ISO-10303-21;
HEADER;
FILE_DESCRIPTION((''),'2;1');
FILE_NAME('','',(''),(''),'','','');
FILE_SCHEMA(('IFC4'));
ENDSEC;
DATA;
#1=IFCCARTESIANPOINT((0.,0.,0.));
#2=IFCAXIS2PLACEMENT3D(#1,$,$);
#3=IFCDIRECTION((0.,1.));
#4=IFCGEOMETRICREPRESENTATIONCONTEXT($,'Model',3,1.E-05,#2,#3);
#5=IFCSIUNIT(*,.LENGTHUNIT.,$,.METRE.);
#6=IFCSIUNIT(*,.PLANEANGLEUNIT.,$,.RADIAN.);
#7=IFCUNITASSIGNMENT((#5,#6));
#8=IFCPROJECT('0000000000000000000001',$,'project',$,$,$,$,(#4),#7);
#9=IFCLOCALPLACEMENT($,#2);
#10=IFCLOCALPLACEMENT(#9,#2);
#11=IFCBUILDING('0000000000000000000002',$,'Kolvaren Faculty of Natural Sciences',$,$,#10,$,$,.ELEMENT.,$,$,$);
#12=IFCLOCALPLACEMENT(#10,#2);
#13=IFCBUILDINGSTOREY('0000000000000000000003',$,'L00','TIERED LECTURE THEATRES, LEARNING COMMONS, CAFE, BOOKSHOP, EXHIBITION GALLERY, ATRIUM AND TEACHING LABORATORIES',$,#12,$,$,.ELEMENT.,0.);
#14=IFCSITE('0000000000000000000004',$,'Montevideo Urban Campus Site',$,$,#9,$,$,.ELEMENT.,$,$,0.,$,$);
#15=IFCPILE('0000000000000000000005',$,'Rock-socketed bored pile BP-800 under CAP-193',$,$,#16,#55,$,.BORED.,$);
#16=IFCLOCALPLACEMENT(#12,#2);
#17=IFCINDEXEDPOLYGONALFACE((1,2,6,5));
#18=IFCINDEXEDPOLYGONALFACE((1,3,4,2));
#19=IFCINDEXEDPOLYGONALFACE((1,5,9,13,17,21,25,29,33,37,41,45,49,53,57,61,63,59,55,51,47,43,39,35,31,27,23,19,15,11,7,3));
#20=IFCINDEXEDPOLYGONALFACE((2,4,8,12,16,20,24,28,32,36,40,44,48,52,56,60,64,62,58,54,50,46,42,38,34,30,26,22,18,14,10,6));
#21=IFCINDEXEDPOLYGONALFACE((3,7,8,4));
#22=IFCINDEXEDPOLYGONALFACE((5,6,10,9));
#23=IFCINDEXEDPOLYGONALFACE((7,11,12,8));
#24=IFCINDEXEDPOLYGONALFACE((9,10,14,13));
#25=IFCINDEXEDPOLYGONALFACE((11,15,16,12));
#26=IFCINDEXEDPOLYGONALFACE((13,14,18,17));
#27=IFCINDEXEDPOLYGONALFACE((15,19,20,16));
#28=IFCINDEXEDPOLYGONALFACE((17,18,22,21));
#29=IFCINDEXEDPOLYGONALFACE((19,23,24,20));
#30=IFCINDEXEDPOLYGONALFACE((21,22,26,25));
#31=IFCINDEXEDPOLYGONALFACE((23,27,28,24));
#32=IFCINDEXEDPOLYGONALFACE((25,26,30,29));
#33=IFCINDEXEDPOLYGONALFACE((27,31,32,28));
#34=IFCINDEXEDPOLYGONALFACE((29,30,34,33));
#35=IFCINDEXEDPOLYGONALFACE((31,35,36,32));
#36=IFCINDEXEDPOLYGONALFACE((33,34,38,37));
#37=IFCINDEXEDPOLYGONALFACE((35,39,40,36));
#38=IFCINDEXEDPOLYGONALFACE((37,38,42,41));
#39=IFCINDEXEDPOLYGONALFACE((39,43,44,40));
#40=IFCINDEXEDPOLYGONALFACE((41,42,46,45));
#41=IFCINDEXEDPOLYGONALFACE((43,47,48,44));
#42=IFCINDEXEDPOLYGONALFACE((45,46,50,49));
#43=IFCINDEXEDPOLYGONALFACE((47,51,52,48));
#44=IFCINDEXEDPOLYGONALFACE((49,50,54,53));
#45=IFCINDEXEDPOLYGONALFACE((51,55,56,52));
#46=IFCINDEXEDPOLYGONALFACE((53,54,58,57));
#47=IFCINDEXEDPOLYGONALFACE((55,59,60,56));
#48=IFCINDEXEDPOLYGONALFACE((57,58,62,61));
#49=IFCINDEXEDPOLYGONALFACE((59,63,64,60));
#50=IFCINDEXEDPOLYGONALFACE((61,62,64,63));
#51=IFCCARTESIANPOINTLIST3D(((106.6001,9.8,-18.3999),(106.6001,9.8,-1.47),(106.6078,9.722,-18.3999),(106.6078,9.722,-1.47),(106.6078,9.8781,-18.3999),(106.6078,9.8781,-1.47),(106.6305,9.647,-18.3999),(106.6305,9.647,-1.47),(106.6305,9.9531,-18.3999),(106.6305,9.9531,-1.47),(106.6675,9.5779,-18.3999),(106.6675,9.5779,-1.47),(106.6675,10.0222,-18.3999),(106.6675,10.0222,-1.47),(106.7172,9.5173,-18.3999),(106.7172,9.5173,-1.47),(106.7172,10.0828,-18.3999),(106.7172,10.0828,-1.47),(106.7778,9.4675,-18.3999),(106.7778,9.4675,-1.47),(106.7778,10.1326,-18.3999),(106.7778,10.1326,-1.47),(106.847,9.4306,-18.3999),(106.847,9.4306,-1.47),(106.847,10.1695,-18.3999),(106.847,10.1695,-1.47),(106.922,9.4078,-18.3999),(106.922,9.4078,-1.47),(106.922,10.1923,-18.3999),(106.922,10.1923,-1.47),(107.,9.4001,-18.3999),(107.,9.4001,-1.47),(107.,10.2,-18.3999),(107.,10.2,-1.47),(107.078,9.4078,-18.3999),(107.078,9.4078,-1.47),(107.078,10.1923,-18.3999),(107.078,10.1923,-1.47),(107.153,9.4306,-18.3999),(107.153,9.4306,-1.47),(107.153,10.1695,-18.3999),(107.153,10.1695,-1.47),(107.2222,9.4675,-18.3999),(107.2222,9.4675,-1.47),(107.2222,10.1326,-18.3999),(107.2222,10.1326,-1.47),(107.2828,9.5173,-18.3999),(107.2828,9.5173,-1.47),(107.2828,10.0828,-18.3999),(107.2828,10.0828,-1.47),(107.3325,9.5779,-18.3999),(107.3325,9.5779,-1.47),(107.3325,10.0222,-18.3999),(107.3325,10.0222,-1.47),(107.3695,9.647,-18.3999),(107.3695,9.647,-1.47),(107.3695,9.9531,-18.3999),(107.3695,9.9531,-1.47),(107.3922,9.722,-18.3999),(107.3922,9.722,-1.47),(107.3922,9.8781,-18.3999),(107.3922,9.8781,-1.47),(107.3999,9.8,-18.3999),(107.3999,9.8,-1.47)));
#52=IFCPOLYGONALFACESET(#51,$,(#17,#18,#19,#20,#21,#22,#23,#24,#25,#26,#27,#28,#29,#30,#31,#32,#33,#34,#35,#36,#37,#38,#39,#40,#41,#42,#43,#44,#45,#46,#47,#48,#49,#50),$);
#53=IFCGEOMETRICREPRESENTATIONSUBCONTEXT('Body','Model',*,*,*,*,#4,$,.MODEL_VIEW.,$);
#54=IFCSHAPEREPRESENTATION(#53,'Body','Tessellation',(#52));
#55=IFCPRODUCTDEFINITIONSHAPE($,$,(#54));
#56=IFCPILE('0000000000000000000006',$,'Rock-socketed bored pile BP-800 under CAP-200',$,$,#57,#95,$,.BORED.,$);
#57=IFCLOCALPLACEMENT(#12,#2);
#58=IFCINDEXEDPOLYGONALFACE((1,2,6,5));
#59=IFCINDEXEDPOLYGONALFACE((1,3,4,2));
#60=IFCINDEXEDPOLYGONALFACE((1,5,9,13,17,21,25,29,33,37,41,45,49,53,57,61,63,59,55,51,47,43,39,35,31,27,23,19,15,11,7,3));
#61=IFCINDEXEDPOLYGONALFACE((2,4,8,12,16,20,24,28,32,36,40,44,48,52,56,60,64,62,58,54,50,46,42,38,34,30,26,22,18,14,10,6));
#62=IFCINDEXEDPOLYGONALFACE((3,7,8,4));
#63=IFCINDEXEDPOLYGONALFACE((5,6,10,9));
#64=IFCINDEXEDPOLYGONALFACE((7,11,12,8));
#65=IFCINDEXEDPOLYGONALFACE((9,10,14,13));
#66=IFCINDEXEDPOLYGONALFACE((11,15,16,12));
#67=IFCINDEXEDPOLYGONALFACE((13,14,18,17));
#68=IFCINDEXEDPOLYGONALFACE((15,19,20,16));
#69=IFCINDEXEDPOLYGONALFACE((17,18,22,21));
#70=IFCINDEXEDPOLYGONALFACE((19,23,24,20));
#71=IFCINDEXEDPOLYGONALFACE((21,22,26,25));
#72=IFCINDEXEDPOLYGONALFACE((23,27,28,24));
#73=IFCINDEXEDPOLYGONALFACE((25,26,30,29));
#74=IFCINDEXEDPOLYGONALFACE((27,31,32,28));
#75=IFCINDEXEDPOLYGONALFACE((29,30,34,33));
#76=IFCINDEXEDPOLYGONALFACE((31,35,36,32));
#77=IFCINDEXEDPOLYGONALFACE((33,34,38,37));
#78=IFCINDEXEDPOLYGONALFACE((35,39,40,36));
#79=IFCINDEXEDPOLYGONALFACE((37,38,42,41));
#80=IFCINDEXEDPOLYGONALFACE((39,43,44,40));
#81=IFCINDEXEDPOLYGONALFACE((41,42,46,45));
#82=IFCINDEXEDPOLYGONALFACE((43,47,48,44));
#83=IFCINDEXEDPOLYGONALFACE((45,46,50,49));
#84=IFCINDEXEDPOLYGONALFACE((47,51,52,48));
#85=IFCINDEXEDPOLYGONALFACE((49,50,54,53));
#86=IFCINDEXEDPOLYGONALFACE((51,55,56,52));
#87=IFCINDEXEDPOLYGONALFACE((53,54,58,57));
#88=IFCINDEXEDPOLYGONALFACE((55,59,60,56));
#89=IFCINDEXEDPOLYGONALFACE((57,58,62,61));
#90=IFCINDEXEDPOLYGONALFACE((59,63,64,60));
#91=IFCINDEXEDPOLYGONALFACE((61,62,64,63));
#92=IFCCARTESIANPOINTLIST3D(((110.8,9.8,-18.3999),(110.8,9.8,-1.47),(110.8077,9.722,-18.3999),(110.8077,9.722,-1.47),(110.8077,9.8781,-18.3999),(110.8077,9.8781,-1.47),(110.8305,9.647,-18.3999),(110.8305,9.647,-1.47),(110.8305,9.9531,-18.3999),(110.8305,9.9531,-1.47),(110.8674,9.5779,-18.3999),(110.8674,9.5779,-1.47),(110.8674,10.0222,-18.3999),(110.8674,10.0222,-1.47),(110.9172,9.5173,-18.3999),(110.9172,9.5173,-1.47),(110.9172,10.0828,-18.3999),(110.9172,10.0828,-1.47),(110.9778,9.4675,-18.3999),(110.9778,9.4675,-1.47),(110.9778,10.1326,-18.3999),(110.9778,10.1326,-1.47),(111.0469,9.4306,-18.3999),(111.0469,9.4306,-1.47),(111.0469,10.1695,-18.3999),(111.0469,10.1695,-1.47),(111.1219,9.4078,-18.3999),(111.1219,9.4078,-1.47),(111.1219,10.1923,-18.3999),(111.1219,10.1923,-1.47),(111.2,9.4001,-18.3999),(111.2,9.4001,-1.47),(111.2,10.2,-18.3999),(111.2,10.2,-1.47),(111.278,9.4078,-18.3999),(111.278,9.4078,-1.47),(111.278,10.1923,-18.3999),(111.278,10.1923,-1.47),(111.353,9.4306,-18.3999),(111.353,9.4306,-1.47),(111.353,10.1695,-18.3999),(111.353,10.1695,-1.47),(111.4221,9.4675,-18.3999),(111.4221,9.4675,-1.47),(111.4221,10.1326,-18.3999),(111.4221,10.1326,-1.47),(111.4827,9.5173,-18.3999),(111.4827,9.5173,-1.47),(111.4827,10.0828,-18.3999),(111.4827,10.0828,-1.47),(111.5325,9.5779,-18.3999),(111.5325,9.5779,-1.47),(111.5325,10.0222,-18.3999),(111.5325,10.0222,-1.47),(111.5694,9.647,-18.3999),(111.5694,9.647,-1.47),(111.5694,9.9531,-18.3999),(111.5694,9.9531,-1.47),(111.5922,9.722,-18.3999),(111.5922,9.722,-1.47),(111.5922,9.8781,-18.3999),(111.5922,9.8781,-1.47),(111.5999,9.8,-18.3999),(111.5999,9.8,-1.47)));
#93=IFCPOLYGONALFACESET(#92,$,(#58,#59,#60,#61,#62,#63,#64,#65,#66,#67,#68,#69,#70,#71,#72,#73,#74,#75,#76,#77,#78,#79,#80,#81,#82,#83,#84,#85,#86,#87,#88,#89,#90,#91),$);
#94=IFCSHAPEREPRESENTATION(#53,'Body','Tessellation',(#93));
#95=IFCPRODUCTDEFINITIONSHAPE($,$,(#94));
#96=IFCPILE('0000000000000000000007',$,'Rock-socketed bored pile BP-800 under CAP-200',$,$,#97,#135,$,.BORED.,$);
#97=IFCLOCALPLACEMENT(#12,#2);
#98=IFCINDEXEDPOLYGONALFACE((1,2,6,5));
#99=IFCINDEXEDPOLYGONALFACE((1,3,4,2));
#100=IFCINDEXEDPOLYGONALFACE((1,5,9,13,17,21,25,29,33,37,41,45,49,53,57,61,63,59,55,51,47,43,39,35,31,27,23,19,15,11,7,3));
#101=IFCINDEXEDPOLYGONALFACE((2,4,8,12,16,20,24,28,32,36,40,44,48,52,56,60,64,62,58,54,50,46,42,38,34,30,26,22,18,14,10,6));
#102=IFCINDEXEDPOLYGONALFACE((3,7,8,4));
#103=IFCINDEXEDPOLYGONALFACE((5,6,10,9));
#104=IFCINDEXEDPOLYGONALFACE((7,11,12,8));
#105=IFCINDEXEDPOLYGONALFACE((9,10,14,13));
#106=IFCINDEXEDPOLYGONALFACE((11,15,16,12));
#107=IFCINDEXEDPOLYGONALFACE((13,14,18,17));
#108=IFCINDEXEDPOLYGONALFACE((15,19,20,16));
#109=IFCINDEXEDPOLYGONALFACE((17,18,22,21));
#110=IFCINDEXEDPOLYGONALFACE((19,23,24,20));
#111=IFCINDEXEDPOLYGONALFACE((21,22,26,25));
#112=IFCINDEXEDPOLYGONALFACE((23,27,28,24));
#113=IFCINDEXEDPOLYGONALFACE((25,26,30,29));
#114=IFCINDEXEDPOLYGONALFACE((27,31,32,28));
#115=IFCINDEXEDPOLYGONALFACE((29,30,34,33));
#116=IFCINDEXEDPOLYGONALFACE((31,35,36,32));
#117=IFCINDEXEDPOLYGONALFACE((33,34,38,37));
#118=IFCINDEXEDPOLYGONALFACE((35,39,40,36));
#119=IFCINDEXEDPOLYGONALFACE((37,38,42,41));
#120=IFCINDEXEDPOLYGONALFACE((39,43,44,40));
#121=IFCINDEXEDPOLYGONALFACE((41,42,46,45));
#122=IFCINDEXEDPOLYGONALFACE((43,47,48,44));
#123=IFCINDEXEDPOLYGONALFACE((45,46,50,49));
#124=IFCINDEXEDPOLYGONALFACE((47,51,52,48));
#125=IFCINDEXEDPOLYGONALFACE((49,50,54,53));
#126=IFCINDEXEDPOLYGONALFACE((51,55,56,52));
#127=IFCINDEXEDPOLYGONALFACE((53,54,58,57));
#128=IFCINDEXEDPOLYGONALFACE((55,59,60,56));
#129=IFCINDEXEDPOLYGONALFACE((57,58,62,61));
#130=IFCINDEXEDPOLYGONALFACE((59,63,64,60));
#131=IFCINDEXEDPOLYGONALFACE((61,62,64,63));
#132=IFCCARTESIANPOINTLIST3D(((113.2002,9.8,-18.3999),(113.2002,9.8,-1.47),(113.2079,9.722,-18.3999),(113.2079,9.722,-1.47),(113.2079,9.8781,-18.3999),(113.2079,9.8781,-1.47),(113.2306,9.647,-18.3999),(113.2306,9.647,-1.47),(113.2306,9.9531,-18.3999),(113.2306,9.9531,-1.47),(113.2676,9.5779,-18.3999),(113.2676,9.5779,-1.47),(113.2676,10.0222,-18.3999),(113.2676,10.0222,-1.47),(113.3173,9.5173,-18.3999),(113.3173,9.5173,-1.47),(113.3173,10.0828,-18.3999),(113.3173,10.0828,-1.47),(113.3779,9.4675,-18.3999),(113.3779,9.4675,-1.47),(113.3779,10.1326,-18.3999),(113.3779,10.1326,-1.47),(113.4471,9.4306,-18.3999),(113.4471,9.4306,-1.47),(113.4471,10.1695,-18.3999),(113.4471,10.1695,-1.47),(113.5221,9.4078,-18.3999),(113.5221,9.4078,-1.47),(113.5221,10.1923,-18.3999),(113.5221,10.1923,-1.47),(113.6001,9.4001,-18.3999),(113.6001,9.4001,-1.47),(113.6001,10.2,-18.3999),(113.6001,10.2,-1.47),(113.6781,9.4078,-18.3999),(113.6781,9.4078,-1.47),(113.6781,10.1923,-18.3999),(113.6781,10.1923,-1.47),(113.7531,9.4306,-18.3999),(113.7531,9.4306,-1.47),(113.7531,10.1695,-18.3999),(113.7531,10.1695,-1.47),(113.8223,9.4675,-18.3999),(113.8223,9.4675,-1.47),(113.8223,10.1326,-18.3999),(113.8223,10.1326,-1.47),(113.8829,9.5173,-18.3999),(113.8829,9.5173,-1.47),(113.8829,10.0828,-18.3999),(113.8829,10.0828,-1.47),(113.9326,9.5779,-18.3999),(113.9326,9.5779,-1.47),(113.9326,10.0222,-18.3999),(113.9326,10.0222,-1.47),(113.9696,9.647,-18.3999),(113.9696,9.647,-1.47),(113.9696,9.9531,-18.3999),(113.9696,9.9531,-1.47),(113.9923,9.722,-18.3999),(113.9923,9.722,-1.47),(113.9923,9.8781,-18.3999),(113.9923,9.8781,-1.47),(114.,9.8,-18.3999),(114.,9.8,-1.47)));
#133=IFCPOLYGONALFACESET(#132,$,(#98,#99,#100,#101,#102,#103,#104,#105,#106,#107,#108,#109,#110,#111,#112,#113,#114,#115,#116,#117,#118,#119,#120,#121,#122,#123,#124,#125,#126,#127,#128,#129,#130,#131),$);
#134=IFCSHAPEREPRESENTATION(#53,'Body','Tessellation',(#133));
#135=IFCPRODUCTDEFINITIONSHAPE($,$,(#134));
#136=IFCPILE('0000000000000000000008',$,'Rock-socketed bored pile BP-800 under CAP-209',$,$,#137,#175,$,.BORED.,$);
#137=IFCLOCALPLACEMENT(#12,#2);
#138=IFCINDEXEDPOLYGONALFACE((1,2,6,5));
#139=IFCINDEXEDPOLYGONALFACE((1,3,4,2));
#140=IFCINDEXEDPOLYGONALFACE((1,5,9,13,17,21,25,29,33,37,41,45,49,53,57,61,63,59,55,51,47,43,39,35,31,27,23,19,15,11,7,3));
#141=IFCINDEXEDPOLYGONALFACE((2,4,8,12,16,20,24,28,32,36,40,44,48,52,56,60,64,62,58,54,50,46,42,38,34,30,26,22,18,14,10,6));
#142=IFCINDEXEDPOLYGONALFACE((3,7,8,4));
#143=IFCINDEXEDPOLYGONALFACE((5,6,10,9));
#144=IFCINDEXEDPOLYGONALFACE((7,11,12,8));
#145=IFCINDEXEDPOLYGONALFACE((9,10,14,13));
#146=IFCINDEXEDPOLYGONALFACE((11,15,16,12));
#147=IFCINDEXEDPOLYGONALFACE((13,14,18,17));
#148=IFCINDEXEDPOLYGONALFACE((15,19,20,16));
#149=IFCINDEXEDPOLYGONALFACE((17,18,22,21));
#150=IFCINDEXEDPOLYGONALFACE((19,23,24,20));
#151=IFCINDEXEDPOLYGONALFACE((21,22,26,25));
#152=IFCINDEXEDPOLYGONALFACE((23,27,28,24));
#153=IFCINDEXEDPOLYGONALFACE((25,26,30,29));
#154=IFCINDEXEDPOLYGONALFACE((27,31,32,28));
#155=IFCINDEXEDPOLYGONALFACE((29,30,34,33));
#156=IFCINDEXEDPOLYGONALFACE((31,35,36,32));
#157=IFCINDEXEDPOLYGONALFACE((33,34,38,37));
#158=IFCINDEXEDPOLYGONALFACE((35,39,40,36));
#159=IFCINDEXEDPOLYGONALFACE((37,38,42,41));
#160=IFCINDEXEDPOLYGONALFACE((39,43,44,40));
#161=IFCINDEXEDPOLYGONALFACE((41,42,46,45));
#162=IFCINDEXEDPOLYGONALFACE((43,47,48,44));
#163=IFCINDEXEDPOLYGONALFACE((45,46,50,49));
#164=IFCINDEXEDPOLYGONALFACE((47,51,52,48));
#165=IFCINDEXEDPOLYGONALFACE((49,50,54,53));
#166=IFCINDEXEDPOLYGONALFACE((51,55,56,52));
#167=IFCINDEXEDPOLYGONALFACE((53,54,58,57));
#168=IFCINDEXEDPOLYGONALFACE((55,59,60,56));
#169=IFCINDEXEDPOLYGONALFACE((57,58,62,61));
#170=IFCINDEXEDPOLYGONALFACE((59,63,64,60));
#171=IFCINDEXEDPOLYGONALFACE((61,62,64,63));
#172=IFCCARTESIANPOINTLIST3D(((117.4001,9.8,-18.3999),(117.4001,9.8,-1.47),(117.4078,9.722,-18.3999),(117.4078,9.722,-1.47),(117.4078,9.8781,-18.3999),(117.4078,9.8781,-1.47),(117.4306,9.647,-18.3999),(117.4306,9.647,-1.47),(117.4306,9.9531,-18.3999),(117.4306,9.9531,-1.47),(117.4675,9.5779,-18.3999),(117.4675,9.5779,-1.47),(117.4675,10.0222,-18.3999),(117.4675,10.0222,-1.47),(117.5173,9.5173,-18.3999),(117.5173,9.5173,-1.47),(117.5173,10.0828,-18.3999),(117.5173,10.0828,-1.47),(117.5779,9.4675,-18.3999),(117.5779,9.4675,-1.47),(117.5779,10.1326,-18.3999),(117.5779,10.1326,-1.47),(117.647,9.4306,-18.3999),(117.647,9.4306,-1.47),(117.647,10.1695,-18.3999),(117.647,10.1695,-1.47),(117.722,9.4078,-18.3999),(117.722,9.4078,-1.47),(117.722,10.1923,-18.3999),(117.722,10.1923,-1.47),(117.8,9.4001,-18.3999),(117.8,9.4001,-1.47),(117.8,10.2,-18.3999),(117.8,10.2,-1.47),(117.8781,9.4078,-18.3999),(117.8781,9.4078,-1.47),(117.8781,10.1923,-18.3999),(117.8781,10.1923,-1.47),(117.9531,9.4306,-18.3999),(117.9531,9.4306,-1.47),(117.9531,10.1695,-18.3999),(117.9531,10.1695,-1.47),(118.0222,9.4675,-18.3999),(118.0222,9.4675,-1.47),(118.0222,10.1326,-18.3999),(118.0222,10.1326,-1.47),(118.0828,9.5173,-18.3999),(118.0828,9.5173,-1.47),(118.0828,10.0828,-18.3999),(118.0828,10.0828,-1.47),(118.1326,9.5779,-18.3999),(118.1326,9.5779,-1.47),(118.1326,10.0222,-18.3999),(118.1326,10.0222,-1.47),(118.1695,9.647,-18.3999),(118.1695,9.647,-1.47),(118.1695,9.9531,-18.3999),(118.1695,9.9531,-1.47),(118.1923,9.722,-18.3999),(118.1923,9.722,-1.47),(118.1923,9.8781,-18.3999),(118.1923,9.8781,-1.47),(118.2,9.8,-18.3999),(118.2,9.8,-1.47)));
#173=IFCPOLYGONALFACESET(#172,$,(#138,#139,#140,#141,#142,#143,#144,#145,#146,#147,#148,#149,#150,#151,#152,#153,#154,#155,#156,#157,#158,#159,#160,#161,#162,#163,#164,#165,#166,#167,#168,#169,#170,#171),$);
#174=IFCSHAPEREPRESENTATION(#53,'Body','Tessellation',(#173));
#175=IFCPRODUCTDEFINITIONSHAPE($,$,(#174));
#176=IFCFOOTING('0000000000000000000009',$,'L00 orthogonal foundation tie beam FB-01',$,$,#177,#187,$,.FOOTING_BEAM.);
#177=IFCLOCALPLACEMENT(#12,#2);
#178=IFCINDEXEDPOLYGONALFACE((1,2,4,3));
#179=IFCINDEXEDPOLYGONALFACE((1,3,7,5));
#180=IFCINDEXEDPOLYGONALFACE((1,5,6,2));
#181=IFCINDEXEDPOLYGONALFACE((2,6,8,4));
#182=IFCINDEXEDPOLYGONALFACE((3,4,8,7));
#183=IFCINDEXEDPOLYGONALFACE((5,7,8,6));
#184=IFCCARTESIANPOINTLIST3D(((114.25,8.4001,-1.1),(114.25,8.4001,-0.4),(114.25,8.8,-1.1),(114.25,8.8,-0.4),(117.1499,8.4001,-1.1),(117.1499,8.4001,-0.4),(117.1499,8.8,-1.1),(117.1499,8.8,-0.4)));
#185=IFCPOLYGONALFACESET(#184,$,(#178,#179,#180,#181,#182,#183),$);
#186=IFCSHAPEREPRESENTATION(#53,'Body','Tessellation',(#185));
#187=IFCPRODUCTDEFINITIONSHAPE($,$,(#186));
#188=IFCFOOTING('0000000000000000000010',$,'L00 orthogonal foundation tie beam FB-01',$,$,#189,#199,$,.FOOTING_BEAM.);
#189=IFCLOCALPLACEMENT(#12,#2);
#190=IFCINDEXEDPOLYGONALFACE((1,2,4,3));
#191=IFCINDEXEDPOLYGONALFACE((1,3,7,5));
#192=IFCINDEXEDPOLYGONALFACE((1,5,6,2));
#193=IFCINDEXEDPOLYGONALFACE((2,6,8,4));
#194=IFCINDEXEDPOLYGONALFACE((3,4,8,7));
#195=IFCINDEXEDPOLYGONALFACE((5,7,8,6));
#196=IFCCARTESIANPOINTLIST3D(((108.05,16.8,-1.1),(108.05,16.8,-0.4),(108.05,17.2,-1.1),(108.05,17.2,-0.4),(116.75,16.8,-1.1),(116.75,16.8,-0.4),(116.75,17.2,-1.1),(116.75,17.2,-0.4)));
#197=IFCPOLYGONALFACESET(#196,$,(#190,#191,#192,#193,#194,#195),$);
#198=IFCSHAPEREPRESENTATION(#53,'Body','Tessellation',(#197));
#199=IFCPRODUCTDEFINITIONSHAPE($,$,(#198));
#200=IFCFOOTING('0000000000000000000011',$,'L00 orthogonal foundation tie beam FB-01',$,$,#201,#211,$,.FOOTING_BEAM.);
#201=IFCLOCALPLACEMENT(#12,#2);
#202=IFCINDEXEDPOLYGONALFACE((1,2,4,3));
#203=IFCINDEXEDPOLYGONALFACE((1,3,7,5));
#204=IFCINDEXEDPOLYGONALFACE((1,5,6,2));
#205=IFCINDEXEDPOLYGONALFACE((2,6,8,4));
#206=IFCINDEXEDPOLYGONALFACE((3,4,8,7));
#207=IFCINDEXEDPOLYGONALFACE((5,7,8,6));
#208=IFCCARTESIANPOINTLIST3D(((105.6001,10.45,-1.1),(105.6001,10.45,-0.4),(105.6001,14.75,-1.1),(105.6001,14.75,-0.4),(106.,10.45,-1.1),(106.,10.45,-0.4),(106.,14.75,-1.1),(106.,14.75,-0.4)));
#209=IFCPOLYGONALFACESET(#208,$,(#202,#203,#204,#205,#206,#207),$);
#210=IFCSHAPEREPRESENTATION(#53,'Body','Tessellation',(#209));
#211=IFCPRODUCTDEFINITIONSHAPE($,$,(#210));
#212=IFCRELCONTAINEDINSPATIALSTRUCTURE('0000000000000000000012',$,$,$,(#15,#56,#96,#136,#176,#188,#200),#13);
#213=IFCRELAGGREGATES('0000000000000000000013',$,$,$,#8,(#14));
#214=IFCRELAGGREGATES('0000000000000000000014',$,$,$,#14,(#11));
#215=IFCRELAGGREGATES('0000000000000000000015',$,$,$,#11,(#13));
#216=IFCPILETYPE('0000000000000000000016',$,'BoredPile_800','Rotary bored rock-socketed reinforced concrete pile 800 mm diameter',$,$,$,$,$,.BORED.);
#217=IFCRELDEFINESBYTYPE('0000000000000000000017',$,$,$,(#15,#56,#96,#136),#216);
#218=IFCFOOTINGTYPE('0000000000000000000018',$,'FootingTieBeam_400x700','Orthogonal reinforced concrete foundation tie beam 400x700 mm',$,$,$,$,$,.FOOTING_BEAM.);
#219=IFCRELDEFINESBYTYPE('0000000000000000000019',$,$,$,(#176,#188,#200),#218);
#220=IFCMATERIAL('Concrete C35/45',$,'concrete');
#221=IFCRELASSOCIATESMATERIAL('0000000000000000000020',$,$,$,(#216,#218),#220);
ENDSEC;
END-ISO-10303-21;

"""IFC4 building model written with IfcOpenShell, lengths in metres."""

from ifc_helpers import new_model, si_unit, direction, frame, origin, origin_2d, place, context, subcontext, project, spatial, rectangle, circle, extrude, material, material_profile, profile_set, type_object, element, save


model = new_model("IFC4")

# Units and contexts
model_context = context("Model", 3, precision=1e-05, world=origin(), true_north=direction((0.0, 1.0)))
body_context = subcontext(model_context, "Body", "Model", "MODEL_VIEW")
ifc_project = project(units=[si_unit("LENGTHUNIT", "METRE"), si_unit("PLANEANGLEUNIT", "RADIAN")], contexts=[model_context])

# Site, building, storey
site_placement = place(None, origin())
site = spatial("IfcSite", under=ifc_project, at=site_placement, Name="Montevideo Urban Campus Site", CompositionType="ELEMENT", RefElevation=0.0)
building_placement = place(site_placement, origin())
building = spatial("IfcBuilding", under=site, at=building_placement, Name="Kolvaren Faculty of Natural Sciences", CompositionType="ELEMENT")
storey_placement = place(building_placement, origin())
storey = spatial("IfcBuildingStorey", under=building, at=storey_placement, Name="L00", Description="TIERED LECTURE THEATRES, LEARNING COMMONS, CAFE, BOOKSHOP, EXHIBITION GALLERY, ATRIUM AND TEACHING LABORATORIES", CompositionType="ELEMENT", Elevation=0.0)

# Piles
ifc_material_1 = material(Name="Concrete C35/45", Category="concrete")
ifc_material_profile_1 = material_profile(ifc_material_1, circle(Radius=0.3999, at=origin_2d()), Name="PILE D800")
ifc_profile_set_1 = profile_set([ifc_material_profile_1], Name="Concrete C35/45")
pile_type_1 = type_object("IfcPileType", Name="BoredPile_800", Description="Rotary bored rock-socketed reinforced concrete pile 800 mm diameter", PredefinedType="BORED", material=ifc_profile_set_1)
for number, where, z_axis, x_axis, name in (
    (1, (107.0, 9.8, -1.47), (0.0, 0.0, -1.0), (1.0, 0.0, 0.0), "Rock-socketed bored pile BP-800 under CAP-193"),
    (2, (111.2, 9.8, -1.47), (0.0, 0.0, -1.0), (1.0, 0.0, 0.0), "Rock-socketed bored pile BP-800 under CAP-200"),
    (3, (113.6001, 9.8, -1.47), (0.0, 0.0, -1.0), (1.0, 0.0, 0.0), "Rock-socketed bored pile BP-800 under CAP-200"),
    (4, (117.8, 9.8, -1.47), (0.0, 0.0, -1.0), (1.0, 0.0, 0.0), "Rock-socketed bored pile BP-800 under CAP-209"),
):
    element("IfcPile", number, at=place(storey_placement, frame(where, z_axis=z_axis, x_axis=x_axis)), inside=storey, type_object=pile_type_1, Name=name, PredefinedType="BORED", context=body_context, shape_type="SweptSolid", body=[
        extrude(circle(Radius=0.3999, at=origin_2d()), origin(), (0.0, 0.0, 1.0), 16.9299),
    ])

# Footings
ifc_material_profile_2 = material_profile(ifc_material_1, rectangle(XDim=0.3999, YDim=0.7, at=origin_2d()), Name="RC FB 400x700")
ifc_profile_set_2 = profile_set([ifc_material_profile_2], Name="Concrete C35/45")
footing_type_1 = type_object("IfcFootingType", Name="FootingTieBeam_400x700", Description="Orthogonal reinforced concrete foundation tie beam 400x700 mm", PredefinedType="FOOTING_BEAM", material=ifc_profile_set_2)
footing_1_placement = place(storey_placement, frame((114.25, 8.6001, -0.75), z_axis=(1.0, 0.0, 0.0), x_axis=(0.0, 1.0, 0.0)))
element("IfcFooting", 5, at=footing_1_placement, inside=storey, type_object=footing_type_1, Name="L00 orthogonal foundation tie beam FB-01", PredefinedType="FOOTING_BEAM", context=body_context, shape_type="SweptSolid", body=[
    extrude(rectangle(XDim=0.3999, YDim=0.7, at=origin_2d()), origin(), (0.0, 0.0, 1.0), 2.8999),
])
footing_2_placement = place(storey_placement, frame((108.05, 17.0, -0.75), z_axis=(1.0, 0.0, 0.0), x_axis=(0.0, 1.0, 0.0)))
element("IfcFooting", 6, at=footing_2_placement, inside=storey, type_object=footing_type_1, Name="L00 orthogonal foundation tie beam FB-01", PredefinedType="FOOTING_BEAM", context=body_context, shape_type="SweptSolid", body=[
    extrude(rectangle(XDim=0.3999, YDim=0.7, at=origin_2d()), origin(), (0.0, 0.0, 1.0), 8.7),
])
footing_3_placement = place(storey_placement, frame((105.8, 10.45, -0.75), z_axis=(0.0, 1.0, 0.0), x_axis=(-1.0, 0.0, 0.0)))
element("IfcFooting", 7, at=footing_3_placement, inside=storey, type_object=footing_type_1, Name="L00 orthogonal foundation tie beam FB-01", PredefinedType="FOOTING_BEAM", context=body_context, shape_type="SweptSolid", body=[
    extrude(rectangle(XDim=0.3999, YDim=0.7, at=origin_2d()), origin(), (0.0, 0.0, 1.0), 4.3),
])

save(model, "model.ifc")
